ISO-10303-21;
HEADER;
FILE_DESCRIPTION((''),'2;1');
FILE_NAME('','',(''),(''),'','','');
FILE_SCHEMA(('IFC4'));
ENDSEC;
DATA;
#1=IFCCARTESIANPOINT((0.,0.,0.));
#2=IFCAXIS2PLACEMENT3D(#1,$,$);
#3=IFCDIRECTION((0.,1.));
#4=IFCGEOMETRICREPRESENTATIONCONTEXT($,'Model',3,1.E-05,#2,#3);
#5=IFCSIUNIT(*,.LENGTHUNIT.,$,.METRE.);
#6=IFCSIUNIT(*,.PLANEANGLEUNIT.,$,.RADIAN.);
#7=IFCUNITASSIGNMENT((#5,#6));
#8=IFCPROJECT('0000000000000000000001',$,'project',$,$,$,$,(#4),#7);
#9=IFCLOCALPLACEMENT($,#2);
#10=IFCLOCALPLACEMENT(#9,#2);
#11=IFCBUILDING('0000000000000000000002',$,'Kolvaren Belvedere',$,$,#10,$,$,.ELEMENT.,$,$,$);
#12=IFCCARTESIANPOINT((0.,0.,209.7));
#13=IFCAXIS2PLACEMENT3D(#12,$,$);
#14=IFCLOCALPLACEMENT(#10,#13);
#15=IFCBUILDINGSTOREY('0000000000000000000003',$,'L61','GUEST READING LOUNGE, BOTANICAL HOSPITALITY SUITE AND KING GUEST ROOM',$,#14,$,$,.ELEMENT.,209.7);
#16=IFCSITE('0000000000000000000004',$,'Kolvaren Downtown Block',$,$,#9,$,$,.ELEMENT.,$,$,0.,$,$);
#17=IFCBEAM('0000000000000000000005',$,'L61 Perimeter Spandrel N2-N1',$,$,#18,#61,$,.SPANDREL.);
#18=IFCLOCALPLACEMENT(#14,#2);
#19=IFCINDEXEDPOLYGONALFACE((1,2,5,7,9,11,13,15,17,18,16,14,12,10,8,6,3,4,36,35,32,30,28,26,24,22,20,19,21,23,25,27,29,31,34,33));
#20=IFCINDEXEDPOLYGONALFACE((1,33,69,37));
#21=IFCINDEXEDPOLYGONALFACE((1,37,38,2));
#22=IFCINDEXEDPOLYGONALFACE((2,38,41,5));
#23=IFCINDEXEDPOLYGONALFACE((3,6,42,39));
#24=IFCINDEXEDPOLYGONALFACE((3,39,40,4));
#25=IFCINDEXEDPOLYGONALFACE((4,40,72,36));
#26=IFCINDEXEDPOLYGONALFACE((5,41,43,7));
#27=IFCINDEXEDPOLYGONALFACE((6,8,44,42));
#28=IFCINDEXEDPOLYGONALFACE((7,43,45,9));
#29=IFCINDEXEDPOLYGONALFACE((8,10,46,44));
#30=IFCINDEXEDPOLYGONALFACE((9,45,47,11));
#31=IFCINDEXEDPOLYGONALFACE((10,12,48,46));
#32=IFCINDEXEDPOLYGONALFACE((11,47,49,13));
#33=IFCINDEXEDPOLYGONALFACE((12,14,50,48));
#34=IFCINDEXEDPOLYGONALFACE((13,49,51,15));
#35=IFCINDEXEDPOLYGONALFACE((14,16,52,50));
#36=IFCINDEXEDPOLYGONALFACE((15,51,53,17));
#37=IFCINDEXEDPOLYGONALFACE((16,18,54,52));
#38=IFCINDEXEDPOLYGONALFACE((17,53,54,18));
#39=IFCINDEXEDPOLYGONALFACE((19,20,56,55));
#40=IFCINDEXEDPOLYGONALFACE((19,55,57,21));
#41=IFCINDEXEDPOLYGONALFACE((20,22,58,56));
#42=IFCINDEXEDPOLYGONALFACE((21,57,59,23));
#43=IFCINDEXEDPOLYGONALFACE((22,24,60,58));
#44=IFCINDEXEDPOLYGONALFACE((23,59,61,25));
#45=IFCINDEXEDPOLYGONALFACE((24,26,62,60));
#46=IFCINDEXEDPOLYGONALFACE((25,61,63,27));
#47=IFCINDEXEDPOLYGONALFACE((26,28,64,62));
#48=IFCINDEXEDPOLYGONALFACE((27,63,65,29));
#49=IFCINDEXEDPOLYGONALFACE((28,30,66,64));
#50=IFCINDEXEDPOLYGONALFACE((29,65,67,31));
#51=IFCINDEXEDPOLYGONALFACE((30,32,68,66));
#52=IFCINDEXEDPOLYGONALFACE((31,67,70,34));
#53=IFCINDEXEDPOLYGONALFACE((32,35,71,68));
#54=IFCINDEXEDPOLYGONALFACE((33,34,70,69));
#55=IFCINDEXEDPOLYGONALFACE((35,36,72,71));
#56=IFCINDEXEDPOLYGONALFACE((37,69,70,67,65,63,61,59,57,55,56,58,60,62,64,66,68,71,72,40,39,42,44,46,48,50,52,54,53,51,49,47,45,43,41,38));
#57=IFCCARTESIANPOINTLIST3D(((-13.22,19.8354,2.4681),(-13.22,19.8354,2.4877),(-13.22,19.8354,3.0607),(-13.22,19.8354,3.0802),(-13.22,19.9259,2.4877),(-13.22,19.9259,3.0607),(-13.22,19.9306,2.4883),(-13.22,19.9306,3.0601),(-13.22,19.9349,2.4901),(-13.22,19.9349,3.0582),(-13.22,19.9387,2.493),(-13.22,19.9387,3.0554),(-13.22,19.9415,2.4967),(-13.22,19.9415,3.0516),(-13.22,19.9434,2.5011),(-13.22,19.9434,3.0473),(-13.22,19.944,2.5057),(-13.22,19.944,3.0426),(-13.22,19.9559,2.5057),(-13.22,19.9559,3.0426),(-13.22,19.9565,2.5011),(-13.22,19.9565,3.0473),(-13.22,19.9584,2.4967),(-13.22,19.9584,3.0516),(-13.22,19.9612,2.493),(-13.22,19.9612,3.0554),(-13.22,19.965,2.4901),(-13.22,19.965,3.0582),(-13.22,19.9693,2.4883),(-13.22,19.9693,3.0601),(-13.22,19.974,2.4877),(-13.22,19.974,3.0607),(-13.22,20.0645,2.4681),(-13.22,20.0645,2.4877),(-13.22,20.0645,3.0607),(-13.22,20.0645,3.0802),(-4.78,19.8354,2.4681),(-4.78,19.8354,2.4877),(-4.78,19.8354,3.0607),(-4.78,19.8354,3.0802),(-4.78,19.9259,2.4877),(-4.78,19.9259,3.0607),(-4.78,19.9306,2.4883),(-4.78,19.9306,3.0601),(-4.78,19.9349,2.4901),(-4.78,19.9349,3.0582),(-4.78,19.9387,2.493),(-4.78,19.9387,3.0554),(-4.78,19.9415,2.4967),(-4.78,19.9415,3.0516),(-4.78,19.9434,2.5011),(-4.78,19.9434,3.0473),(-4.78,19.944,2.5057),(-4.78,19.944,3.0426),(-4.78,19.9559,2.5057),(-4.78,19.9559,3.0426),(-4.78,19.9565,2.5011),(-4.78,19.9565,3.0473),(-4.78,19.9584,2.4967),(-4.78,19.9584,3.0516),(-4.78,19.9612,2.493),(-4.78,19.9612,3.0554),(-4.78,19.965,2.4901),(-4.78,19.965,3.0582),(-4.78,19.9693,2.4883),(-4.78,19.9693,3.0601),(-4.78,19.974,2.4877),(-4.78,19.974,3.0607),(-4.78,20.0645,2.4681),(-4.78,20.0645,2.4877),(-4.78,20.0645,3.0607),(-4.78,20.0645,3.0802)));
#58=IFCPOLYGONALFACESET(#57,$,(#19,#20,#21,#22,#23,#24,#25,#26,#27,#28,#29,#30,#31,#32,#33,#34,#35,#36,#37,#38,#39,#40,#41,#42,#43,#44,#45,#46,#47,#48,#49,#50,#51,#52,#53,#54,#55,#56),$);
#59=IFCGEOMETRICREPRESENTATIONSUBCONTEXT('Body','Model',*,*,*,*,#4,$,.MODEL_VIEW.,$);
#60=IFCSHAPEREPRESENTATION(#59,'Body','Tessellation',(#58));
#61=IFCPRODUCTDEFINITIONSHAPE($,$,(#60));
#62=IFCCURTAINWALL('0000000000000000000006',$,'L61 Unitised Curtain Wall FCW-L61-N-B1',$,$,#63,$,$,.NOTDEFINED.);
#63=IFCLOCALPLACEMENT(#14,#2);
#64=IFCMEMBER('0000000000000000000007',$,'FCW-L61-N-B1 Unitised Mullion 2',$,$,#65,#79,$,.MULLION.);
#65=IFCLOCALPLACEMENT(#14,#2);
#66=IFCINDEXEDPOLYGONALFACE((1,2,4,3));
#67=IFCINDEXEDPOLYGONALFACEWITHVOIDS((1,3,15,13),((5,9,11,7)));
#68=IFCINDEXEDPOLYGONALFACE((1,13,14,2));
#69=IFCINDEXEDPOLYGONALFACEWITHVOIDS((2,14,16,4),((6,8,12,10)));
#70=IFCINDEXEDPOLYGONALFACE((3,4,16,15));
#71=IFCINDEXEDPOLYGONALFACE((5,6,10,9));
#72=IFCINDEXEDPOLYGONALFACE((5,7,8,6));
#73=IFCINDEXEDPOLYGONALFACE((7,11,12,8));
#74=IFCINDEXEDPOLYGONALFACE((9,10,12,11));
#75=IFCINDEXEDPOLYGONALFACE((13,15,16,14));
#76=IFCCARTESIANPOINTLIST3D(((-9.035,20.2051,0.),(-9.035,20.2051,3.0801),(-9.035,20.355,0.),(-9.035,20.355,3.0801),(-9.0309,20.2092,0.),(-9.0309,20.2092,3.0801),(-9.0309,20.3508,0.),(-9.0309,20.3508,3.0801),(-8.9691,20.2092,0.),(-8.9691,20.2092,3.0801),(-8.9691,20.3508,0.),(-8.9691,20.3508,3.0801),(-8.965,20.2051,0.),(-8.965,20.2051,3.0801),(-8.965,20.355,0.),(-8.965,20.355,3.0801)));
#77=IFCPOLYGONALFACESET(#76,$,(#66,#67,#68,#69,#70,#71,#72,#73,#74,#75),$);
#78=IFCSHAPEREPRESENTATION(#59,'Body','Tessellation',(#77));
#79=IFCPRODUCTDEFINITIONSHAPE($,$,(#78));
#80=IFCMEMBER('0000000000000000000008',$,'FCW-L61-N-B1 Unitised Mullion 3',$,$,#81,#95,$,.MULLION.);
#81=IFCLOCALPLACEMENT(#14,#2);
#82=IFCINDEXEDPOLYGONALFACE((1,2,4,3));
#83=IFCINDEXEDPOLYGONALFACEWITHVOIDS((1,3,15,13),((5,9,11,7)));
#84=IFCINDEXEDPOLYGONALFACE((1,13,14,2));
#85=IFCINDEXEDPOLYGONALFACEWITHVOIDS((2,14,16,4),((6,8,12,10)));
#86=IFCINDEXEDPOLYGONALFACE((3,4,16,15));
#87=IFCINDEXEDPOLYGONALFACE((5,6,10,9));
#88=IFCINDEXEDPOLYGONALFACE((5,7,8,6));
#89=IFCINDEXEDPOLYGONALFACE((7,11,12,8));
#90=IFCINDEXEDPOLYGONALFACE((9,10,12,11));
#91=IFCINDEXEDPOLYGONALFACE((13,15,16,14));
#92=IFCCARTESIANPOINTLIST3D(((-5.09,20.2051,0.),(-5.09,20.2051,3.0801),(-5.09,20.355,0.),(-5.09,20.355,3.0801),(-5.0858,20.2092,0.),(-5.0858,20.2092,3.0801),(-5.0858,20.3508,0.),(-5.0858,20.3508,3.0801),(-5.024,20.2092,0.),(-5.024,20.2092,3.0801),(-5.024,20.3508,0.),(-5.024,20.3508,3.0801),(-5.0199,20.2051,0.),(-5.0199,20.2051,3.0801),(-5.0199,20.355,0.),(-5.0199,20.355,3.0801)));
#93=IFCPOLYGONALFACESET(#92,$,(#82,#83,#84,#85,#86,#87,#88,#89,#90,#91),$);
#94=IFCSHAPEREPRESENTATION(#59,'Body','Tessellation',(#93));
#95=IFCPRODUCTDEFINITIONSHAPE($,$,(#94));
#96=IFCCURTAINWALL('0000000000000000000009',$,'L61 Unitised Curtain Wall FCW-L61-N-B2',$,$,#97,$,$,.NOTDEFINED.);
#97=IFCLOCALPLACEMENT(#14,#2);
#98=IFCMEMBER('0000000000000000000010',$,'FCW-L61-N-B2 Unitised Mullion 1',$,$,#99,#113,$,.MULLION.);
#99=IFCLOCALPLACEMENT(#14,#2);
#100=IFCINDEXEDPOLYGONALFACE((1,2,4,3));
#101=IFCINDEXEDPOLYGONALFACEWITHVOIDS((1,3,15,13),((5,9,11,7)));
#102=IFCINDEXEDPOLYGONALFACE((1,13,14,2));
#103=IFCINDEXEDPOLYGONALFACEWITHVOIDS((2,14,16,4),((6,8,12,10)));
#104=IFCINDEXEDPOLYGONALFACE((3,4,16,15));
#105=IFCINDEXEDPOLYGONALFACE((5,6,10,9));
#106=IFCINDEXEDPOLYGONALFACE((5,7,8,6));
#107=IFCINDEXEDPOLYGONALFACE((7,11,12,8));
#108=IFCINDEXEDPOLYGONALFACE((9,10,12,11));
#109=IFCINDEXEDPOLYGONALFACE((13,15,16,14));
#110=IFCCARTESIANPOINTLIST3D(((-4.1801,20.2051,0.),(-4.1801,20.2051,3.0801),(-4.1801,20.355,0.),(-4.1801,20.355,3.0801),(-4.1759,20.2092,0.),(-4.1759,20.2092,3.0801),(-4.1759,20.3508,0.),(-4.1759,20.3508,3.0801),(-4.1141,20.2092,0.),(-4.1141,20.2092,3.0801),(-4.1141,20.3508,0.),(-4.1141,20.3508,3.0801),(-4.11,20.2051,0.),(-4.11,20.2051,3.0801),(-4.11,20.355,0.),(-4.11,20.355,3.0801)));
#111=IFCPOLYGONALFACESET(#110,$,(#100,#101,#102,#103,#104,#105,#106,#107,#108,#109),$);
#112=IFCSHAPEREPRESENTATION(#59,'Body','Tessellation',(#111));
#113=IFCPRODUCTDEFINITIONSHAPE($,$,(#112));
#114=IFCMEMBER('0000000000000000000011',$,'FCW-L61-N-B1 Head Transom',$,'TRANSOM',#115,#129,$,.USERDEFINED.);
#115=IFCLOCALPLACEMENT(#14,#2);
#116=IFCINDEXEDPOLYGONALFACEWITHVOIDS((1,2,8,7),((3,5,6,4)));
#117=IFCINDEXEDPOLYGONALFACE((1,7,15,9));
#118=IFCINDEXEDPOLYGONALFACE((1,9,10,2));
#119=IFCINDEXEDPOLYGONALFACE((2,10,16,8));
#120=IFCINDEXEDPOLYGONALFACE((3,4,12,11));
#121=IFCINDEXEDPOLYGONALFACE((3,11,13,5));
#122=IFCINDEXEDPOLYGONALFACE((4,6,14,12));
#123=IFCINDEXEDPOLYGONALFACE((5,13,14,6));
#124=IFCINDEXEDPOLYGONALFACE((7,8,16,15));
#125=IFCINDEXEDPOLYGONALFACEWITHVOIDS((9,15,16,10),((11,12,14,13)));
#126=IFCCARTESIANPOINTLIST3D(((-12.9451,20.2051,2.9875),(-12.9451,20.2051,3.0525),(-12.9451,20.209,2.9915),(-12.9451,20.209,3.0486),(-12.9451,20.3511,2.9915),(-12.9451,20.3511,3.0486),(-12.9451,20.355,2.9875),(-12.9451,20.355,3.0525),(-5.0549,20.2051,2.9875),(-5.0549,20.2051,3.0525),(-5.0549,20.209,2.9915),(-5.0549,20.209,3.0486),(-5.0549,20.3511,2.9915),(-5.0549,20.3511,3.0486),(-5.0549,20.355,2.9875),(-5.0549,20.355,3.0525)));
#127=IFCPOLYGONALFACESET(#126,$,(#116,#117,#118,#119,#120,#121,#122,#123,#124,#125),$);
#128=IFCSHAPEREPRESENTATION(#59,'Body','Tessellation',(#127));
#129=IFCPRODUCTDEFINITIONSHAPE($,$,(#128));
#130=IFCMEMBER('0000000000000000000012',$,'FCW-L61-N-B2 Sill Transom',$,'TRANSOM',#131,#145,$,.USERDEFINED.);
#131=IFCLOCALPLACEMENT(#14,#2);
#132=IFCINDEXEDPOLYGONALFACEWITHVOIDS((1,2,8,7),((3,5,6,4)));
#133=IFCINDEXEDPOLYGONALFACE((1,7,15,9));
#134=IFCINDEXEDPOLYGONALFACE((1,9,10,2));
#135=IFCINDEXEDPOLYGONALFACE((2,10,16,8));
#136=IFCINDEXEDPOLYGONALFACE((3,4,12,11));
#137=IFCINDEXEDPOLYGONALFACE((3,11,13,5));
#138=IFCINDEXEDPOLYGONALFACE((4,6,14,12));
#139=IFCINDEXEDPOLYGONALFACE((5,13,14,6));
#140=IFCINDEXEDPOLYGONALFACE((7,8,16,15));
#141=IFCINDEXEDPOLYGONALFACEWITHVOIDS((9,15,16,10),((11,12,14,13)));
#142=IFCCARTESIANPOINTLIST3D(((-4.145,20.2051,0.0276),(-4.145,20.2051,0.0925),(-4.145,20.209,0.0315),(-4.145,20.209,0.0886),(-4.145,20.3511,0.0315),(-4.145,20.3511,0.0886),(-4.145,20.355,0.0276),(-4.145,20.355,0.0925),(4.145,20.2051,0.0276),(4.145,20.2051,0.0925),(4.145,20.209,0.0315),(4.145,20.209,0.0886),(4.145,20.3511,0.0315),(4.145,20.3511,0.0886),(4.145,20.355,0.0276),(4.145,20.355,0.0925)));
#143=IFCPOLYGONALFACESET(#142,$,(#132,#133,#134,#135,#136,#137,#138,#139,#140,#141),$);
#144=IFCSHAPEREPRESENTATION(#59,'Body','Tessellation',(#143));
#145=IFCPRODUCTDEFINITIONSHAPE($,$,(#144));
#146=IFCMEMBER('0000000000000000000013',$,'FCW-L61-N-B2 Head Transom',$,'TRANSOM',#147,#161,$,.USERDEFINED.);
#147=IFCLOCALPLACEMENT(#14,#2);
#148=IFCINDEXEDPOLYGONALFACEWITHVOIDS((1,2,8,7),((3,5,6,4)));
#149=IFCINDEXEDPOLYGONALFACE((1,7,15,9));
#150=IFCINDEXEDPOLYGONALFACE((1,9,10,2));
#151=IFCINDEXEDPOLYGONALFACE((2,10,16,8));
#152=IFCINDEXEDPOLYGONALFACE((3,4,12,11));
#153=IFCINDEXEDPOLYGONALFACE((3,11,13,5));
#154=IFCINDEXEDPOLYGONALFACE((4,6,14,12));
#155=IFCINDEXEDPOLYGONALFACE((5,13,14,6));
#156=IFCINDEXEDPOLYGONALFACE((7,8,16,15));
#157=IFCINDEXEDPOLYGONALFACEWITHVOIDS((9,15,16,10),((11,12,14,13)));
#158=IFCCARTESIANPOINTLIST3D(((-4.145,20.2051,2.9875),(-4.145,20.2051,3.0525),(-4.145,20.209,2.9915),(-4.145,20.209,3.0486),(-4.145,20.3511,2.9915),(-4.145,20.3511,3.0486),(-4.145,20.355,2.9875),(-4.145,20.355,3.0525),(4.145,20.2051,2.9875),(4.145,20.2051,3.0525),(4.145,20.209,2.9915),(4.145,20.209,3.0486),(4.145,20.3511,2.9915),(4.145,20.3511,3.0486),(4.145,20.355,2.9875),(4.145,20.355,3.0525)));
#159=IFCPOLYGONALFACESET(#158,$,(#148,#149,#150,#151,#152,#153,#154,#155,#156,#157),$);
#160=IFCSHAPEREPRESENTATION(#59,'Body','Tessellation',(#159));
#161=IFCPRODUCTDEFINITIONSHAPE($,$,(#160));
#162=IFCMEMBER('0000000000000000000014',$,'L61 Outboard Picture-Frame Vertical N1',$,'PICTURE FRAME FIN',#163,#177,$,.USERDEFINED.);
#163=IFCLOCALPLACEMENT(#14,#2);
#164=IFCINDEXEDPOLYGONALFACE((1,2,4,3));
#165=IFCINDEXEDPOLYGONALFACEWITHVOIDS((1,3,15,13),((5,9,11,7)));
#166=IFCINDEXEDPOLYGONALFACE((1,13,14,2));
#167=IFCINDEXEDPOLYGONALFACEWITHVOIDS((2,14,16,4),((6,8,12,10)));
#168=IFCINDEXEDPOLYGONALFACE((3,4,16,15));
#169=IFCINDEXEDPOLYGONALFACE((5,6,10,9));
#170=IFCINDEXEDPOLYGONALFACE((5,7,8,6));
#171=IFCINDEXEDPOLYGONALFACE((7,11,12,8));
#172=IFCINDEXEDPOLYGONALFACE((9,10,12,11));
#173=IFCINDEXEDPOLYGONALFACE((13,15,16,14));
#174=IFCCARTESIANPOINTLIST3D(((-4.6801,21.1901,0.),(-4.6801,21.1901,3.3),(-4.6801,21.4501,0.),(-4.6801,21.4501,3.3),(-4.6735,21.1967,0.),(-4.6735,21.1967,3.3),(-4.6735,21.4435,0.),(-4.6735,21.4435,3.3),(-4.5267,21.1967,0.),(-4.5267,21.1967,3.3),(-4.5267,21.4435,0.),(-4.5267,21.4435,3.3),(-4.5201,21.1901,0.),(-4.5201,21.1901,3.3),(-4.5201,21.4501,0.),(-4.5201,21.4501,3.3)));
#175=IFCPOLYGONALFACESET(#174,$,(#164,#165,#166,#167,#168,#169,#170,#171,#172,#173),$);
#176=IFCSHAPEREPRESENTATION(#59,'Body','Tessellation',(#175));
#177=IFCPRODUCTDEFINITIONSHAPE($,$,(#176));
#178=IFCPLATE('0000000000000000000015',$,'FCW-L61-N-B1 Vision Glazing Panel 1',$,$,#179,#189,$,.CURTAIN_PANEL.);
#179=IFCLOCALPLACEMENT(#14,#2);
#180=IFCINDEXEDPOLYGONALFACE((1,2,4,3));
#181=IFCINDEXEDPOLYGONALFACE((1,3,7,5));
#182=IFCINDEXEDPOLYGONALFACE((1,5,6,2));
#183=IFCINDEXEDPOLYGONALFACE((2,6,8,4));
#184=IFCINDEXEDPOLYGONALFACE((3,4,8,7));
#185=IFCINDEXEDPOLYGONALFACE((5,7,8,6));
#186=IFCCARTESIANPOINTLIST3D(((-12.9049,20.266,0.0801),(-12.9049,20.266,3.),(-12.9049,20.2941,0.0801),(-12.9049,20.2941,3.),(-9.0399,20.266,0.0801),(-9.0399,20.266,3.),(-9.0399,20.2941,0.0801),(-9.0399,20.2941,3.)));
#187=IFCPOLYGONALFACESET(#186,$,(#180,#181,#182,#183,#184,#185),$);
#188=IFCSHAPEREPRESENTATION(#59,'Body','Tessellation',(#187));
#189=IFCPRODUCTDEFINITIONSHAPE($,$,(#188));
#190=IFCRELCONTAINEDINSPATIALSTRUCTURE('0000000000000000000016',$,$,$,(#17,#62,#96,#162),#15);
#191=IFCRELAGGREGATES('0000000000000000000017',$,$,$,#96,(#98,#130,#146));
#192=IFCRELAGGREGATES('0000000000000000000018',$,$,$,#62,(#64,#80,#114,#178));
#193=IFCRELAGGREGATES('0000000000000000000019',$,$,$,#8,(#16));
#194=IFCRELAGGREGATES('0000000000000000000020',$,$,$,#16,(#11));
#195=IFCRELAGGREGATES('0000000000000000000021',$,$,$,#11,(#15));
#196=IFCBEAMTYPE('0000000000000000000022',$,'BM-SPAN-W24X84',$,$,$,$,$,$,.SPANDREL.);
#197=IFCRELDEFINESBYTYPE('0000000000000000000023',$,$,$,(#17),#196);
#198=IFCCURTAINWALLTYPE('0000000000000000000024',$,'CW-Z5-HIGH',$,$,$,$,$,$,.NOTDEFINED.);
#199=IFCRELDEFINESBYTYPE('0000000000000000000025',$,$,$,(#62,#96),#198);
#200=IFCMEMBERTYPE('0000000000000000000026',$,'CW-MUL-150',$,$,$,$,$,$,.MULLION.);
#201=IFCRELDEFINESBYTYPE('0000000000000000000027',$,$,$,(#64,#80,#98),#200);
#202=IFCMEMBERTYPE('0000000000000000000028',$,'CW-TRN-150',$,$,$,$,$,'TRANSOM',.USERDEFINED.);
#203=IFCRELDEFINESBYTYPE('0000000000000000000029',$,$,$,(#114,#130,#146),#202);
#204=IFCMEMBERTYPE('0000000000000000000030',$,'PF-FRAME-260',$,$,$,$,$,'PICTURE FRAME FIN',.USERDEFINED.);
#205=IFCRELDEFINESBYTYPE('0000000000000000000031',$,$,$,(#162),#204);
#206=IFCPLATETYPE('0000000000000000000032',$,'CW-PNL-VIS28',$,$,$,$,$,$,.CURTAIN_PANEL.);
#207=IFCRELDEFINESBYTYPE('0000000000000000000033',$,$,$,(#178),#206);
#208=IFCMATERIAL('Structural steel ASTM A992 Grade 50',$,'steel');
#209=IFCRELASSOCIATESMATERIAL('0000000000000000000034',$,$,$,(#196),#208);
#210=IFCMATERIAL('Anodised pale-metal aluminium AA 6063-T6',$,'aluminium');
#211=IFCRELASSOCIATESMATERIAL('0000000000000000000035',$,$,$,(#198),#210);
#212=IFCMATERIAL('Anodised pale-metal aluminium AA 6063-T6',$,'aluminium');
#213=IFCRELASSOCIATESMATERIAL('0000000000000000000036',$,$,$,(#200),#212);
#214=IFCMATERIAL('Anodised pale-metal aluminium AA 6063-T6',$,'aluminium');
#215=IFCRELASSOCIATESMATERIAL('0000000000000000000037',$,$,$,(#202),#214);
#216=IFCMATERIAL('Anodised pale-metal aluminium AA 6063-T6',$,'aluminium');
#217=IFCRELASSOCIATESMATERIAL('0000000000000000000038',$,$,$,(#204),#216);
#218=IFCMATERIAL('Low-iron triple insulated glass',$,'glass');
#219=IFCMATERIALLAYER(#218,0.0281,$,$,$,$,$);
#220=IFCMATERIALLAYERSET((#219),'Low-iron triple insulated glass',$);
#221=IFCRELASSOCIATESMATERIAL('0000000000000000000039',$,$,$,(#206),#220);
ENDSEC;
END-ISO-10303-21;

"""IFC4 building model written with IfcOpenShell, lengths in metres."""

from ifc_helpers import new_model, si_unit, direction, frame, origin, origin_2d, place, context, subcontext, project, spatial, rectangle, hollow_rectangle, i_section, extrude, material, layer, layer_set, material_profile, profile_set, type_object, element, aggregate, save


model = new_model("IFC4")

# Units and contexts
model_context = context("Model", 3, precision=1e-05, world=origin(), true_north=direction((0.0, 1.0)))
body_context = subcontext(model_context, "Body", "Model", "MODEL_VIEW")
ifc_project = project(units=[si_unit("LENGTHUNIT", "METRE"), si_unit("PLANEANGLEUNIT", "RADIAN")], contexts=[model_context])

# Site, building, storey
site_placement = place(None, origin())
site = spatial("IfcSite", under=ifc_project, at=site_placement, Name="Kolvaren Downtown Block", CompositionType="ELEMENT", RefElevation=0.0)
building_placement = place(site_placement, origin())
building = spatial("IfcBuilding", under=site, at=building_placement, Name="Kolvaren Belvedere", CompositionType="ELEMENT")
storey_placement = place(building_placement, frame((0.0, 0.0, 209.7)))
storey = spatial("IfcBuildingStorey", under=building, at=storey_placement, Name="L61", Description="GUEST READING LOUNGE, BOTANICAL HOSPITALITY SUITE AND KING GUEST ROOM", CompositionType="ELEMENT", Elevation=209.7)

# Beam
ifc_material_1 = material(Name="Structural steel ASTM A992 Grade 50", Category="steel")
ifc_material_profile_1 = material_profile(ifc_material_1, i_section(OverallWidth=0.229, OverallDepth=0.6121, WebThickness=0.012, FlangeThickness=0.0195, FilletRadius=0.0181, at=origin_2d()), Name="W24X84")
ifc_profile_set_1 = profile_set([ifc_material_profile_1], Name="Structural steel ASTM A992 Grade 50")
beam_type_1 = type_object("IfcBeamType", Name="BM-SPAN-W24X84", PredefinedType="SPANDREL", material=ifc_profile_set_1)
beam_1_placement = place(storey_placement, frame((-4.78, 19.95, 2.7742), z_axis=(-1.0, 0.0, 0.0), x_axis=(0.0, -1.0, 0.0)))
element("IfcBeam", 1, at=beam_1_placement, inside=storey, type_object=beam_type_1, Name="L61 Perimeter Spandrel N2-N1", PredefinedType="SPANDREL", context=body_context, shape_type="SweptSolid", body=[
    extrude(i_section(OverallWidth=0.229, OverallDepth=0.6121, WebThickness=0.012, FlangeThickness=0.0195, FilletRadius=0.0181, at=origin_2d()), origin(), (0.0, 0.0, 1.0), 8.4399),
])

# Curtain wall, members
ifc_material_2 = material(Name="Anodised pale-metal aluminium AA 6063-T6", Category="aluminium")
curtain_wall_type = type_object("IfcCurtainWallType", Name="CW-Z5-HIGH", PredefinedType="NOTDEFINED", material=ifc_material_2)
curtain_wall_1_placement = place(storey_placement, origin())
curtain_wall_1 = element("IfcCurtainWall", 2, at=curtain_wall_1_placement, inside=storey, type_object=curtain_wall_type, Name="L61 Unitised Curtain Wall FCW-L61-N-B1", PredefinedType="NOTDEFINED")
ifc_material_3 = material(Name="Anodised pale-metal aluminium AA 6063-T6", Category="aluminium")
ifc_material_profile_2 = material_profile(ifc_material_3, hollow_rectangle(XDim=0.0701, YDim=0.1499, WallThickness=0.0042, at=origin_2d()), Name="ALU-MUL-150X70")
ifc_profile_set_2 = profile_set([ifc_material_profile_2], Name="Anodised pale-metal aluminium AA 6063-T6")
member_type_1 = type_object("IfcMemberType", Name="CW-MUL-150", PredefinedType="MULLION", material=ifc_profile_set_2)
member_1_placement = place(storey_placement, frame((-9.0, 20.28, 0.0), z_axis=(0.0, 0.0, 1.0), x_axis=(1.0, 0.0, 0.0)))
member_1 = element("IfcMember", 3, at=member_1_placement, type_object=member_type_1, Name="FCW-L61-N-B1 Unitised Mullion 2", PredefinedType="MULLION", context=body_context, shape_type="SweptSolid", body=[
    extrude(hollow_rectangle(XDim=0.0701, YDim=0.1499, WallThickness=0.0042, at=origin_2d()), origin(), (0.0, 0.0, 1.0), 3.0801),
])
member_2_placement = place(storey_placement, frame((-5.0549, 20.28, 0.0), z_axis=(0.0, 0.0, 1.0), x_axis=(1.0, 0.0, 0.0)))
member_2 = element("IfcMember", 4, at=member_2_placement, type_object=member_type_1, Name="FCW-L61-N-B1 Unitised Mullion 3", PredefinedType="MULLION", context=body_context, shape_type="SweptSolid", body=[
    extrude(hollow_rectangle(XDim=0.0701, YDim=0.1499, WallThickness=0.0042, at=origin_2d()), origin(), (0.0, 0.0, 1.0), 3.0801),
])

# Curtain wall, member
curtain_wall_2_placement = place(storey_placement, origin())
curtain_wall_2 = element("IfcCurtainWall", 5, at=curtain_wall_2_placement, inside=storey, type_object=curtain_wall_type, Name="L61 Unitised Curtain Wall FCW-L61-N-B2", PredefinedType="NOTDEFINED")
member_3_placement = place(storey_placement, frame((-4.145, 20.28, 0.0), z_axis=(0.0, 0.0, 1.0), x_axis=(1.0, 0.0, 0.0)))
member_3 = element("IfcMember", 6, at=member_3_placement, type_object=member_type_1, Name="FCW-L61-N-B2 Unitised Mullion 1", PredefinedType="MULLION", context=body_context, shape_type="SweptSolid", body=[
    extrude(hollow_rectangle(XDim=0.0701, YDim=0.1499, WallThickness=0.0042, at=origin_2d()), origin(), (0.0, 0.0, 1.0), 3.0801),
])

# Members
ifc_material_4 = material(Name="Anodised pale-metal aluminium AA 6063-T6", Category="aluminium")
ifc_material_profile_3 = material_profile(ifc_material_4, hollow_rectangle(XDim=0.0649, YDim=0.1499, WallThickness=0.0039, at=origin_2d()), Name="ALU-TRN-150X65")
ifc_profile_set_3 = profile_set([ifc_material_profile_3], Name="Anodised pale-metal aluminium AA 6063-T6")
member_type_2 = type_object("IfcMemberType", Name="CW-TRN-150", ElementType="TRANSOM", PredefinedType="USERDEFINED", material=ifc_profile_set_3)
member_4_placement = place(storey_placement, frame((-12.9451, 20.28, 3.02), z_axis=(1.0, 0.0, 0.0), x_axis=(0.0, 0.0, 1.0)))
member_4 = element("IfcMember", 7, at=member_4_placement, type_object=member_type_2, Name="FCW-L61-N-B1 Head Transom", ObjectType="TRANSOM", PredefinedType="USERDEFINED", context=body_context, shape_type="SweptSolid", body=[
    extrude(hollow_rectangle(XDim=0.0649, YDim=0.1499, WallThickness=0.0039, at=origin_2d()), origin(), (0.0, 0.0, 1.0), 7.8901),
])
member_5_placement = place(storey_placement, frame((-4.145, 20.28, 0.0601), z_axis=(1.0, 0.0, 0.0), x_axis=(0.0, 0.0, 1.0)))
member_5 = element("IfcMember", 8, at=member_5_placement, type_object=member_type_2, Name="FCW-L61-N-B2 Sill Transom", ObjectType="TRANSOM", PredefinedType="USERDEFINED", context=body_context, shape_type="SweptSolid", body=[
    extrude(hollow_rectangle(XDim=0.0649, YDim=0.1499, WallThickness=0.0039, at=origin_2d()), origin(), (0.0, 0.0, 1.0), 8.29),
])
member_6_placement = place(storey_placement, frame((-4.145, 20.28, 3.02), z_axis=(1.0, 0.0, 0.0), x_axis=(0.0, 0.0, 1.0)))
member_6 = element("IfcMember", 9, at=member_6_placement, type_object=member_type_2, Name="FCW-L61-N-B2 Head Transom", ObjectType="TRANSOM", PredefinedType="USERDEFINED", context=body_context, shape_type="SweptSolid", body=[
    extrude(hollow_rectangle(XDim=0.0649, YDim=0.1499, WallThickness=0.0039, at=origin_2d()), origin(), (0.0, 0.0, 1.0), 8.29),
])
aggregate(curtain_wall_2, [member_3, member_5, member_6])
ifc_material_5 = material(Name="Anodised pale-metal aluminium AA 6063-T6", Category="aluminium")
ifc_material_profile_4 = material_profile(ifc_material_5, hollow_rectangle(XDim=0.1599, YDim=0.26, WallThickness=0.0066, at=origin_2d()), Name="ALU-PF-260X160")
ifc_profile_set_4 = profile_set([ifc_material_profile_4], Name="Anodised pale-metal aluminium AA 6063-T6")
member_type_3 = type_object("IfcMemberType", Name="PF-FRAME-260", ElementType="PICTURE FRAME FIN", PredefinedType="USERDEFINED", material=ifc_profile_set_4)
member_7_placement = place(storey_placement, frame((-4.6001, 21.3201, 0.0), z_axis=(0.0, 0.0, 1.0), x_axis=(1.0, 0.0, 0.0)))
element("IfcMember", 10, at=member_7_placement, inside=storey, type_object=member_type_3, Name="L61 Outboard Picture-Frame Vertical N1", ObjectType="PICTURE FRAME FIN", PredefinedType="USERDEFINED", context=body_context, shape_type="SweptSolid", body=[
    extrude(hollow_rectangle(XDim=0.1599, YDim=0.26, WallThickness=0.0066, at=origin_2d()), origin(), (0.0, 0.0, 1.0), 3.3),
])

# Plate
ifc_material_6 = material(Name="Low-iron triple insulated glass", Category="glass")
ifc_layer_1 = layer(ifc_material_6, 0.0281)
ifc_layer_set_1 = layer_set([ifc_layer_1], Name="Low-iron triple insulated glass")
plate_type_1 = type_object("IfcPlateType", Name="CW-PNL-VIS28", PredefinedType="CURTAIN_PANEL", material=ifc_layer_set_1)
plate_1_placement = place(storey_placement, frame((-10.9724, 20.28, 0.0801), z_axis=(0.0, 0.0, 1.0), x_axis=(1.0, 0.0, 0.0)))
plate_1 = element("IfcPlate", 11, at=plate_1_placement, type_object=plate_type_1, Name="FCW-L61-N-B1 Vision Glazing Panel 1", PredefinedType="CURTAIN_PANEL", context=body_context, shape_type="SweptSolid", body=[
    extrude(rectangle(XDim=3.865, YDim=0.0281, at=origin_2d()), origin(), (0.0, 0.0, 1.0), 2.9199),
])
aggregate(curtain_wall_1, [member_1, member_2, member_4, plate_1])

save(model, "model.ifc")
